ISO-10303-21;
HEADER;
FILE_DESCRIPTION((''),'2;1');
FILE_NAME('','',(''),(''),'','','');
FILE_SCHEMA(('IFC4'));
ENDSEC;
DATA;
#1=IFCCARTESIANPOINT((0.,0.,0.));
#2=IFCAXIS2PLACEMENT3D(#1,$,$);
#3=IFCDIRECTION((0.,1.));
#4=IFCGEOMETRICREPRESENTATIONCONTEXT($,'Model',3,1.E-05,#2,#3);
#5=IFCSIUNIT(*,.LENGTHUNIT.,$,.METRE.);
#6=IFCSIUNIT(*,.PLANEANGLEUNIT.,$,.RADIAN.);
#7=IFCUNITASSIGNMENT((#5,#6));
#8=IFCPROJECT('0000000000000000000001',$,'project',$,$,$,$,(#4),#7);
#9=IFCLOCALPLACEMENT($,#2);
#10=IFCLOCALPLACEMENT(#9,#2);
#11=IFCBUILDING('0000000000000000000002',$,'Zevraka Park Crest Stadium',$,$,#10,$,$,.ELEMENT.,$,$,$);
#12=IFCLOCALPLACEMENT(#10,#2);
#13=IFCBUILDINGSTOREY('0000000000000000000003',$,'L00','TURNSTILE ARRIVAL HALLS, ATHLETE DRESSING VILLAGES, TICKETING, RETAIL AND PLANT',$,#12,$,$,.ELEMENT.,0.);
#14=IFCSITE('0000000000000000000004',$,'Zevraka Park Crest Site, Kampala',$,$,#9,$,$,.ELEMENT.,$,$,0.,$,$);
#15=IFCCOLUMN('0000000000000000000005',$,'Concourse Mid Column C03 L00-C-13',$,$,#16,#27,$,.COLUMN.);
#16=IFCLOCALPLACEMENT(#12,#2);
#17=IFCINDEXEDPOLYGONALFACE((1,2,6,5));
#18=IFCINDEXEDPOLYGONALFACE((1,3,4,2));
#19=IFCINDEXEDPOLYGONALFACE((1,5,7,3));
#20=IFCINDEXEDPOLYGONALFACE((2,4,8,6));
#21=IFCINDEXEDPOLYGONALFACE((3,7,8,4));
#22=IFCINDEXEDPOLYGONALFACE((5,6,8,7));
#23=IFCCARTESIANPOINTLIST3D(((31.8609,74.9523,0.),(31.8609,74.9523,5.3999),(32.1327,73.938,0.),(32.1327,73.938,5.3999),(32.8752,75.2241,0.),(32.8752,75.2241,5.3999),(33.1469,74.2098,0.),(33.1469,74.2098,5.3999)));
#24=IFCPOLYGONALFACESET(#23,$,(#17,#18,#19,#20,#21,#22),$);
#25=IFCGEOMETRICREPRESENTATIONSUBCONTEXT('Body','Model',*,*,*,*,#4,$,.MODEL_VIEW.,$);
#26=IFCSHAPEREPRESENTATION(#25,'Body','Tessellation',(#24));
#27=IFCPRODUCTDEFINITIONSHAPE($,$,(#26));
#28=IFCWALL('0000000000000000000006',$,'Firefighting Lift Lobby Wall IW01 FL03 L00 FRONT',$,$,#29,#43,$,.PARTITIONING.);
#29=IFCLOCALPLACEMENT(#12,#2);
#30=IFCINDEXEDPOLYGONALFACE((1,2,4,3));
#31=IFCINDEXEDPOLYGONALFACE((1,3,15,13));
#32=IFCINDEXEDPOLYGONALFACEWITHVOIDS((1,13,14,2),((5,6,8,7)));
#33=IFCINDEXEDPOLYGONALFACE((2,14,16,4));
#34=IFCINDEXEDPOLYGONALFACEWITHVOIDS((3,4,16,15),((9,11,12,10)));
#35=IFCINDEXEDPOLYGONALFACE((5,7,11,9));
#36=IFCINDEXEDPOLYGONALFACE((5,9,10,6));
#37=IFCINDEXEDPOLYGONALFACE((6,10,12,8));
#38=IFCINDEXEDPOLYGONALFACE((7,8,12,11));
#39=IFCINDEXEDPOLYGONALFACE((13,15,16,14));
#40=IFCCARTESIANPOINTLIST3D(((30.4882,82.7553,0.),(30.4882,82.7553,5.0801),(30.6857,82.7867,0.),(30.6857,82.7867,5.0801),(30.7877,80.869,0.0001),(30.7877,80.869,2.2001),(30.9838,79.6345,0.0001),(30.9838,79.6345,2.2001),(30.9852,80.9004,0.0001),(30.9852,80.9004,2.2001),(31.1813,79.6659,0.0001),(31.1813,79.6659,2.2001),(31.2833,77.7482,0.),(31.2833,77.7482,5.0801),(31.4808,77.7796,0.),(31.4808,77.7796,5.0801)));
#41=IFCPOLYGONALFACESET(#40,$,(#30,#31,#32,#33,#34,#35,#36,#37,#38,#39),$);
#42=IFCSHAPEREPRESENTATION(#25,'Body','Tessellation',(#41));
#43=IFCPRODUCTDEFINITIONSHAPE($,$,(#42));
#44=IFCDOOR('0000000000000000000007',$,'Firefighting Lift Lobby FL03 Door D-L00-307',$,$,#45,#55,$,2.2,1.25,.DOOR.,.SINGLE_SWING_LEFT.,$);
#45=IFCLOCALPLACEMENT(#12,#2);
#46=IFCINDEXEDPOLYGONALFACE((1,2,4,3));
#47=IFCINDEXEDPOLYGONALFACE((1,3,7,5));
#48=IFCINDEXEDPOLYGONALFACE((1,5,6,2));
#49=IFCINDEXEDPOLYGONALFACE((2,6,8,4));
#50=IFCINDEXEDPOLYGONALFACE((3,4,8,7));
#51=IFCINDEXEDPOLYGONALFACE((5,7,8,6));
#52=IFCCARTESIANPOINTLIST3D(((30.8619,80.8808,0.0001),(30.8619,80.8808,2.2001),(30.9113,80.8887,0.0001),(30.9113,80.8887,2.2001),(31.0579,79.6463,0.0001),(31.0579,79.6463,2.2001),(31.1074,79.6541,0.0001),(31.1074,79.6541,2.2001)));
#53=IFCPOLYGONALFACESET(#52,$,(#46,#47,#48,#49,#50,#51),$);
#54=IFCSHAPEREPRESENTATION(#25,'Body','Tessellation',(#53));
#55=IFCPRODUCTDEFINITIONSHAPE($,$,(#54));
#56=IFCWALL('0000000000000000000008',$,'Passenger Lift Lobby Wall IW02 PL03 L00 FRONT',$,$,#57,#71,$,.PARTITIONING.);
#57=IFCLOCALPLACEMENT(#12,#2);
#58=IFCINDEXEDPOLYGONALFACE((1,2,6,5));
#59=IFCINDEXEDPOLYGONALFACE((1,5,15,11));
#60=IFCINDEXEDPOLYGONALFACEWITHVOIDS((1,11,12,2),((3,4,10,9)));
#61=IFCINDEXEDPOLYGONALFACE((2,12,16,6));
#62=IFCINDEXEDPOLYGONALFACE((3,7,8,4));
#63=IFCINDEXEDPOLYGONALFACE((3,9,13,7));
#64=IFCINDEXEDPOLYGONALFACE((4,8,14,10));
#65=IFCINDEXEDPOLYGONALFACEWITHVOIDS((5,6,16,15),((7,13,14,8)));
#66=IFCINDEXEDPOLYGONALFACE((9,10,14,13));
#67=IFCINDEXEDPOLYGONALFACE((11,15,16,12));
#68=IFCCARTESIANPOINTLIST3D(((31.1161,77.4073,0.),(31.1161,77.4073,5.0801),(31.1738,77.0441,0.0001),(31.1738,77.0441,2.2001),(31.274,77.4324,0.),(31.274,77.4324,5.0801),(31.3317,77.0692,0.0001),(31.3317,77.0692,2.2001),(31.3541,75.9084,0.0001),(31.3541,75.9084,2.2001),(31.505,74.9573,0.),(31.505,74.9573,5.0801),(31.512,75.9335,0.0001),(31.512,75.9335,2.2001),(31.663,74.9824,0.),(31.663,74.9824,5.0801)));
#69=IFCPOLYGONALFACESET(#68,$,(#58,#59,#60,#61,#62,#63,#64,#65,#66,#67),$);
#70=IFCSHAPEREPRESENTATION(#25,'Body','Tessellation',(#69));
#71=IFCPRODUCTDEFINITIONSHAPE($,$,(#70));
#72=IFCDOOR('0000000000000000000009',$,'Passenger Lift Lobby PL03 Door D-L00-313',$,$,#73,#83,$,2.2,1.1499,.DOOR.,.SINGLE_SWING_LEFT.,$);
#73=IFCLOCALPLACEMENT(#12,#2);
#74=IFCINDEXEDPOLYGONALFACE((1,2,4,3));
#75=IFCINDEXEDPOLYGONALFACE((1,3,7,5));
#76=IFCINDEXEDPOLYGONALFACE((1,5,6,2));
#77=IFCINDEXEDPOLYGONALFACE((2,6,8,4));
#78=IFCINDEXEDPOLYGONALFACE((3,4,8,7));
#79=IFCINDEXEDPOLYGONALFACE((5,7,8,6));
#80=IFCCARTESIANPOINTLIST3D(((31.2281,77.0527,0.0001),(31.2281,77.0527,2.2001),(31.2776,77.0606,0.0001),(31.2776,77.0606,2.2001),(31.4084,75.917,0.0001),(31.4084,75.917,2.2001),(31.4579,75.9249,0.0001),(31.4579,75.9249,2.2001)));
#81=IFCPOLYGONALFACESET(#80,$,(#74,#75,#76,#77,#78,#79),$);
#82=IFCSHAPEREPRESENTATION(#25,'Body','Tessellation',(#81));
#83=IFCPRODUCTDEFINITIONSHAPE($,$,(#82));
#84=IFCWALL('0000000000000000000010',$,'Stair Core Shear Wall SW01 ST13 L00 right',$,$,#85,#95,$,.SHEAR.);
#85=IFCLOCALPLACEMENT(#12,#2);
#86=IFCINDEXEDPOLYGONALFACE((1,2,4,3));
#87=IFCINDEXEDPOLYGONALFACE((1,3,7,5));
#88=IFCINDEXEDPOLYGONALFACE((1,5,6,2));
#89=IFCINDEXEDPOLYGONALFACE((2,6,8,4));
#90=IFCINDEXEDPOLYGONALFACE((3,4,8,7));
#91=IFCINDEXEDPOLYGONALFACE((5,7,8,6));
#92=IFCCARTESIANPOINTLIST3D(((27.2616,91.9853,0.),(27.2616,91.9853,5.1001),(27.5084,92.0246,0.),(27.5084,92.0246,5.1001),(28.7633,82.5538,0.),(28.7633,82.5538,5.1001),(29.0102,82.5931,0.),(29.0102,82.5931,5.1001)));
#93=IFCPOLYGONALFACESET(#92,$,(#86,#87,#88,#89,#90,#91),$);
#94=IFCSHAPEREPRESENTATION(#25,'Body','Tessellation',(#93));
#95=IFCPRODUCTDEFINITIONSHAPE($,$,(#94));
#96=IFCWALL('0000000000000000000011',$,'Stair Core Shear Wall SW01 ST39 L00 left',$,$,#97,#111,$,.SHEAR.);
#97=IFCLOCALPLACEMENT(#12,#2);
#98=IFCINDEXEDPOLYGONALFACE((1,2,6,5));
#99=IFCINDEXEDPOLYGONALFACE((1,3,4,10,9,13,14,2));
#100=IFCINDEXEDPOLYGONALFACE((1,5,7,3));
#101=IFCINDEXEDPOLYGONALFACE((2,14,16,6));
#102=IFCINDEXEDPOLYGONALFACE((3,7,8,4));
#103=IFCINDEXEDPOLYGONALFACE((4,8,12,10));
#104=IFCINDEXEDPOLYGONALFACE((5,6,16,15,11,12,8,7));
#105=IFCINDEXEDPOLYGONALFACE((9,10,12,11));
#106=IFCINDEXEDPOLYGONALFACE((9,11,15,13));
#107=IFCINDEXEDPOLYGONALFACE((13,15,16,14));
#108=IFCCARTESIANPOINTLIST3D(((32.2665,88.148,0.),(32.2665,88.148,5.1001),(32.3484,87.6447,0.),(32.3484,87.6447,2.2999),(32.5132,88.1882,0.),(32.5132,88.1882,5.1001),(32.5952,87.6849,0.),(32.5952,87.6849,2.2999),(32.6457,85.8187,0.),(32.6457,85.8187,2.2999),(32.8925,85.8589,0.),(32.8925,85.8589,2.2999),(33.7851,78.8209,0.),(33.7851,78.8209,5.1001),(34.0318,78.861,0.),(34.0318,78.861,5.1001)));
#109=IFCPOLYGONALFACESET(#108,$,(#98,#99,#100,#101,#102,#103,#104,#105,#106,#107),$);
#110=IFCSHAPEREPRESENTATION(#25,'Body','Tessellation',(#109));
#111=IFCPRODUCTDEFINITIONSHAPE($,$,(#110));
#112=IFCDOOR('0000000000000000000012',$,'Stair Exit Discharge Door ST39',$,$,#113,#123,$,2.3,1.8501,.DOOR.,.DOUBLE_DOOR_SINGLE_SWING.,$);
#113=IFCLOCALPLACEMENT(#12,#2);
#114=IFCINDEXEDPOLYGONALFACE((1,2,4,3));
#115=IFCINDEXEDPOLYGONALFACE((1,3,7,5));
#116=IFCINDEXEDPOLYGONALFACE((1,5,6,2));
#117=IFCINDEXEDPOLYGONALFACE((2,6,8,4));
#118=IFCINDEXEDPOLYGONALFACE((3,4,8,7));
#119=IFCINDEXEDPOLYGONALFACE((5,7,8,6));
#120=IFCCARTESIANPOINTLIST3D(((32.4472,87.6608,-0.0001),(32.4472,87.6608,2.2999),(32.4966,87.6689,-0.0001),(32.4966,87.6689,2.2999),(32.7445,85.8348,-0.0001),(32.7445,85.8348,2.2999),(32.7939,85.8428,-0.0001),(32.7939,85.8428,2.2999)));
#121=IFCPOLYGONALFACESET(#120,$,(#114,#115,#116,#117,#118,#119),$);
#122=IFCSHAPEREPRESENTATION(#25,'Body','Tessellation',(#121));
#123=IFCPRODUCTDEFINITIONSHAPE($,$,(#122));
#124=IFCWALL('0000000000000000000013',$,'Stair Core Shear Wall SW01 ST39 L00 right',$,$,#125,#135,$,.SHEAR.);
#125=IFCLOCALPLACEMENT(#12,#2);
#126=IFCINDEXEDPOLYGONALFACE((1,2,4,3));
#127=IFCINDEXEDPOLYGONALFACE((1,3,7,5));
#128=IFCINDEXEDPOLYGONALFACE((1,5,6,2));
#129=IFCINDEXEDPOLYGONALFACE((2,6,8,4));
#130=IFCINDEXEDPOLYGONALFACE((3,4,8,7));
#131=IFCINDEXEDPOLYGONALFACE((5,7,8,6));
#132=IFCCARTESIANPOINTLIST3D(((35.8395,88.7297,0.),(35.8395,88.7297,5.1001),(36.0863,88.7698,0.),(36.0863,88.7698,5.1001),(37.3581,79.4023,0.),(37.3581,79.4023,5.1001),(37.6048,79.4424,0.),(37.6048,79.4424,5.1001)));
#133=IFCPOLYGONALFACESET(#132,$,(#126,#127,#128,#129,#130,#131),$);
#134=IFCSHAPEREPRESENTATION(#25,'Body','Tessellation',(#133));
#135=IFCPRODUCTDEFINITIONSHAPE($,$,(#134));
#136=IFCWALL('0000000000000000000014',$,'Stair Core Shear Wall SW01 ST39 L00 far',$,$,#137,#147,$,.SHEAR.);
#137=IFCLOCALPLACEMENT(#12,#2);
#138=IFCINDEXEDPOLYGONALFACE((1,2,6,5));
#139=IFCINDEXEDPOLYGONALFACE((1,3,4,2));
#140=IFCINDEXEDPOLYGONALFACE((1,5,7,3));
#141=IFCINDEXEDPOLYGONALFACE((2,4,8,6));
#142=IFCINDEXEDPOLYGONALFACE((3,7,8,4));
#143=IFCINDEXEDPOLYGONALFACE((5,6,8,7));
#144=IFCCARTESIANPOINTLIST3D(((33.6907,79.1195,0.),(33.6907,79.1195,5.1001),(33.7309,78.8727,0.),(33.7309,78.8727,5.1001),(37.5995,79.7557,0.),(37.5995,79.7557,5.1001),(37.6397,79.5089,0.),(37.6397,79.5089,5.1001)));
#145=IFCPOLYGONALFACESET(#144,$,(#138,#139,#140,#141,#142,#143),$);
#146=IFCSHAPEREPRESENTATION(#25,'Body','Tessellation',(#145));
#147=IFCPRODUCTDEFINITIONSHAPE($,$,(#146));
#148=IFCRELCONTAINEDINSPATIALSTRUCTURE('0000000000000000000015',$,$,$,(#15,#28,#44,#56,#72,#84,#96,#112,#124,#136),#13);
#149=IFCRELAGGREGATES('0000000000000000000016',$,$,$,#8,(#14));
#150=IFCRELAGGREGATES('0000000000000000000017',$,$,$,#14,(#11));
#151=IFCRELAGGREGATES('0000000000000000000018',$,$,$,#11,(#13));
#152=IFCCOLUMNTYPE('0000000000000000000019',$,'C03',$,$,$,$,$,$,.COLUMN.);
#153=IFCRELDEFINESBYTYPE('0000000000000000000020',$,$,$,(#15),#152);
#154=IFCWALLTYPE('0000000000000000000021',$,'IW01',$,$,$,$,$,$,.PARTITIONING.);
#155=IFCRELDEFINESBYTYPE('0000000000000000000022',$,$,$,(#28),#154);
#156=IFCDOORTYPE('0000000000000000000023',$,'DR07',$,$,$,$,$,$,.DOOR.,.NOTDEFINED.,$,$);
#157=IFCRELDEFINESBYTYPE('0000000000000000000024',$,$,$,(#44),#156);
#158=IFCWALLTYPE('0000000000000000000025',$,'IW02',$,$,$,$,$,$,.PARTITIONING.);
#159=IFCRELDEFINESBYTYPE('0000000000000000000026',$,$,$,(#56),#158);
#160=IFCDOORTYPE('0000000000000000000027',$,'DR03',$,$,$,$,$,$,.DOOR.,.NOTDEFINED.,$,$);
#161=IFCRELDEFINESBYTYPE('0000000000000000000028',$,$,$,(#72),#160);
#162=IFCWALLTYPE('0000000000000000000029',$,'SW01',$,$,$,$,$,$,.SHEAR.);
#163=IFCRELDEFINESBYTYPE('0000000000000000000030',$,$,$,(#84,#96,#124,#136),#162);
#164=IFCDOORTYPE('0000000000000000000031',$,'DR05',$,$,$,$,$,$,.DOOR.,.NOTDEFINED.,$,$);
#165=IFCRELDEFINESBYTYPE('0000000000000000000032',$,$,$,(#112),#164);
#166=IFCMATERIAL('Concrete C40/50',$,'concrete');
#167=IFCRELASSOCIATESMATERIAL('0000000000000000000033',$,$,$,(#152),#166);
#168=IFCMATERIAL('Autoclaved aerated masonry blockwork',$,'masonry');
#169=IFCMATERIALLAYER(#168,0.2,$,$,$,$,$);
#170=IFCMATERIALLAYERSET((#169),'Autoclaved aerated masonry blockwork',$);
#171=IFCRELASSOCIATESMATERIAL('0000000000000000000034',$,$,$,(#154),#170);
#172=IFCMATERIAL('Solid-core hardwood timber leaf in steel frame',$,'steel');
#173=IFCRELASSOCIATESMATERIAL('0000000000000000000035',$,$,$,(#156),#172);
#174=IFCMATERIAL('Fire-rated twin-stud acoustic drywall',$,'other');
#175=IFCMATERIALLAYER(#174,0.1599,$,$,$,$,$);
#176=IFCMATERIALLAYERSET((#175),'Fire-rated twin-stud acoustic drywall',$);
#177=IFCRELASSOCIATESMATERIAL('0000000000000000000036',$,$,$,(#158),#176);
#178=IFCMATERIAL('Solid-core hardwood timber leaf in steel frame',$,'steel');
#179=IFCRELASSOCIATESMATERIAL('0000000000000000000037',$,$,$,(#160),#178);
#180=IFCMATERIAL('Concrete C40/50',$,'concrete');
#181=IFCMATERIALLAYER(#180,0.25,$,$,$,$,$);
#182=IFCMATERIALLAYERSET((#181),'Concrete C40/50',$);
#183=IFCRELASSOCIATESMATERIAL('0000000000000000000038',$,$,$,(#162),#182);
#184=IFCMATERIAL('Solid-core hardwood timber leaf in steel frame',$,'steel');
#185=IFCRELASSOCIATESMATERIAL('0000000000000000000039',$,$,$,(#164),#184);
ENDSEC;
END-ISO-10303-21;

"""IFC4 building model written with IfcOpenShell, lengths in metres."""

from ifc_helpers import new_model, si_unit, direction, frame, frame_2d, origin, origin_2d, place, context, subcontext, project, spatial, rectangle, extrude, material, layer, layer_set, material_profile, profile_set, type_object, element, fill, save


model = new_model("IFC4")

# Units and contexts
model_context = context("Model", 3, precision=1e-05, world=origin(), true_north=direction((0.0, 1.0)))
body_context = subcontext(model_context, "Body", "Model", "MODEL_VIEW")
ifc_project = project(units=[si_unit("LENGTHUNIT", "METRE"), si_unit("PLANEANGLEUNIT", "RADIAN")], contexts=[model_context])

# Site, building, storey
site_placement = place(None, origin())
site = spatial("IfcSite", under=ifc_project, at=site_placement, Name="Zevraka Park Crest Site, Kampala", CompositionType="ELEMENT", RefElevation=0.0)
building_placement = place(site_placement, origin())
building = spatial("IfcBuilding", under=site, at=building_placement, Name="Zevraka Park Crest Stadium", CompositionType="ELEMENT")
storey_placement = place(building_placement, origin())
storey = spatial("IfcBuildingStorey", under=building, at=storey_placement, Name="L00", Description="TURNSTILE ARRIVAL HALLS, ATHLETE DRESSING VILLAGES, TICKETING, RETAIL AND PLANT", CompositionType="ELEMENT", Elevation=0.0)

# Column
ifc_material_1 = material(Name="Concrete C40/50", Category="concrete")
ifc_material_profile_1 = material_profile(ifc_material_1, rectangle(XDim=1.05, YDim=1.05, at=origin_2d()), Name="RC 1050x1050")
ifc_profile_set_1 = profile_set([ifc_material_profile_1], Name="Concrete C40/50")
column_type_1 = type_object("IfcColumnType", Name="C03", PredefinedType="COLUMN", material=ifc_profile_set_1)
column_1_placement = place(storey_placement, frame((32.5039, 74.5811, 0.0), z_axis=(0.0, 0.0, 1.0), x_axis=(0.965926, 0.258819, 0.0)))
element("IfcColumn", 1, at=column_1_placement, inside=storey, type_object=column_type_1, Name="Concourse Mid Column C03 L00-C-13", PredefinedType="COLUMN", context=body_context, shape_type="SweptSolid", body=[
    extrude(rectangle(XDim=1.05, YDim=1.05, at=origin_2d()), origin(), (0.0, 0.0, 1.0), 5.3999),
])

# Walls, openings, doors
ifc_material_2 = material(Name="Autoclaved aerated masonry blockwork", Category="masonry")
ifc_layer_1 = layer(ifc_material_2, 0.2)
ifc_layer_set_1 = layer_set([ifc_layer_1], Name="Autoclaved aerated masonry blockwork")
wall_type_1 = type_object("IfcWallType", Name="IW01", PredefinedType="PARTITIONING", material=ifc_layer_set_1)
wall_1_placement = place(storey_placement, frame((31.3821, 77.7639, 0.0), z_axis=(0.0, 0.0, 1.0), x_axis=(-0.156843, 0.987624, 0.0)))
wall_1 = element("IfcWall", 2, at=wall_1_placement, inside=storey, type_object=wall_type_1, Name="Firefighting Lift Lobby Wall IW01 FL03 L00 FRONT", PredefinedType="PARTITIONING", context=body_context, shape_type="SweptSolid", body=[
    extrude(rectangle(XDim=5.0698, YDim=0.2, at=frame_2d((2.5349, 0.0))), origin(), (0.0, 0.0, 1.0), 5.0801),
])
opening_1_placement = place(wall_1_placement, frame((1.9099, 0.0, 0.0)))
opening_1 = element("IfcOpeningElement", 3, at=opening_1_placement, cuts=wall_1, PredefinedType="OPENING", context=body_context, shape_type="SweptSolid", body=[
    extrude(rectangle(XDim=1.25, YDim=2.2, at=frame_2d((0.625, 1.1001))), frame((0.0, 0.1099, 0.0), z_axis=(0.0, -1.0, 0.0), x_axis=(1.0, 0.0, 0.0)), (0.0, 0.0, 1.0), 0.22),
])
ifc_material_3 = material(Name="Solid-core hardwood timber leaf in steel frame", Category="steel")
door_type_1 = type_object("IfcDoorType", Name="DR07", OperationType="NOTDEFINED", PredefinedType="DOOR", material=ifc_material_3)
door_1_placement = place(opening_1_placement, origin())
door_1 = element("IfcDoor", 4, at=door_1_placement, inside=storey, type_object=door_type_1, Name="Firefighting Lift Lobby FL03 Door D-L00-307", OperationType="SINGLE_SWING_LEFT", OverallHeight=2.2, OverallWidth=1.25, PredefinedType="DOOR", context=body_context, shape_type="SweptSolid", body=[
    extrude(rectangle(XDim=1.25, YDim=2.2, at=frame_2d((0.625, 1.1001))), frame((0.0, 0.0249, 0.0), z_axis=(0.0, -1.0, 0.0), x_axis=(1.0, 0.0, 0.0)), (0.0, 0.0, 1.0), 0.05),
])
fill(opening_1, door_1)
ifc_material_4 = material(Name="Fire-rated twin-stud acoustic drywall", Category="other")
ifc_layer_2 = layer(ifc_material_4, 0.1599)
ifc_layer_set_2 = layer_set([ifc_layer_2], Name="Fire-rated twin-stud acoustic drywall")
wall_type_2 = type_object("IfcWallType", Name="IW02", PredefinedType="PARTITIONING", material=ifc_layer_set_2)
wall_2_placement = place(storey_placement, frame((31.584, 74.97, 0.0), z_axis=(0.0, 0.0, 1.0), x_axis=(-0.156781, 0.987633, 0.0)))
wall_2 = element("IfcWall", 5, at=wall_2_placement, inside=storey, type_object=wall_type_2, Name="Passenger Lift Lobby Wall IW02 PL03 L00 FRONT", PredefinedType="PARTITIONING", context=body_context, shape_type="SweptSolid", body=[
    extrude(rectangle(XDim=2.4807, YDim=0.1599, at=frame_2d((1.2402, 0.0))), origin(), (0.0, 0.0, 1.0), 5.0801),
])
opening_2_placement = place(wall_2_placement, frame((0.9629, 0.0, 0.0)))
opening_2 = element("IfcOpeningElement", 6, at=opening_2_placement, cuts=wall_2, PredefinedType="OPENING", context=body_context, shape_type="SweptSolid", body=[
    extrude(rectangle(XDim=1.1499, YDim=2.2, at=frame_2d((0.575, 1.1001))), frame((0.0, 0.0898, 0.0), z_axis=(0.0, -1.0, 0.0), x_axis=(1.0, 0.0, 0.0)), (0.0, 0.0, 1.0), 0.1799),
])
ifc_material_5 = material(Name="Solid-core hardwood timber leaf in steel frame", Category="steel")
door_type_2 = type_object("IfcDoorType", Name="DR03", OperationType="NOTDEFINED", PredefinedType="DOOR", material=ifc_material_5)
door_2_placement = place(opening_2_placement, origin())
door_2 = element("IfcDoor", 7, at=door_2_placement, inside=storey, type_object=door_type_2, Name="Passenger Lift Lobby PL03 Door D-L00-313", OperationType="SINGLE_SWING_LEFT", OverallHeight=2.2, OverallWidth=1.1499, PredefinedType="DOOR", context=body_context, shape_type="SweptSolid", body=[
    extrude(rectangle(XDim=1.1499, YDim=2.2, at=frame_2d((0.575, 1.1001))), frame((0.0, 0.0249, 0.0), z_axis=(0.0, -1.0, 0.0), x_axis=(1.0, 0.0, 0.0)), (0.0, 0.0, 1.0), 0.05),
])
fill(opening_2, door_2)

# Wall
ifc_material_6 = material(Name="Concrete C40/50", Category="concrete")
ifc_layer_3 = layer(ifc_material_6, 0.25)
ifc_layer_set_3 = layer_set([ifc_layer_3], Name="Concrete C40/50")
wall_type_3 = type_object("IfcWallType", Name="SW01", PredefinedType="SHEAR", material=ifc_layer_set_3)
wall_3_placement = place(storey_placement, frame((28.8867, 82.5735, 0.0), z_axis=(0.0, 0.0, 1.0), x_axis=(-0.157244, 0.98756, 0.0)))
element("IfcWall", 8, at=wall_3_placement, inside=storey, type_object=wall_type_3, Name="Stair Core Shear Wall SW01 ST13 L00 right", PredefinedType="SHEAR", context=body_context, shape_type="SweptSolid", body=[
    extrude(rectangle(XDim=9.5503, YDim=0.25, at=frame_2d((4.7751, 0.0))), origin(), (0.0, 0.0, 1.0), 5.1001),
])

# Wall, opening, door
wall_4_placement = place(storey_placement, frame((33.9084, 78.8408, 0.0), z_axis=(0.0, 0.0, 1.0), x_axis=(-0.160694, 0.987004, 0.0)))
wall_4 = element("IfcWall", 9, at=wall_4_placement, inside=storey, type_object=wall_type_3, Name="Stair Core Shear Wall SW01 ST39 L00 left", PredefinedType="SHEAR", context=body_context, shape_type="SweptSolid", body=[
    extrude(rectangle(XDim=9.45, YDim=0.25, at=frame_2d((4.7251, 0.0))), origin(), (0.0, 0.0, 1.0), 5.1001),
])
opening_3_placement = place(wall_4_placement, frame((7.0901, 0.0, 0.0)))
opening_3 = element("IfcOpeningElement", 10, at=opening_3_placement, cuts=wall_4, PredefinedType="OPENING", context=body_context, shape_type="SweptSolid", body=[
    extrude(rectangle(XDim=1.8501, YDim=2.3, at=frame_2d((0.925, 1.1499))), frame((0.0, 0.135, 0.0), z_axis=(0.0, -1.0, 0.0), x_axis=(1.0, 0.0, 0.0)), (0.0, 0.0, 1.0), 0.27),
])
ifc_material_7 = material(Name="Solid-core hardwood timber leaf in steel frame", Category="steel")
door_type_3 = type_object("IfcDoorType", Name="DR05", OperationType="NOTDEFINED", PredefinedType="DOOR", material=ifc_material_7)
door_3_placement = place(opening_3_placement, origin())
door_3 = element("IfcDoor", 11, at=door_3_placement, inside=storey, type_object=door_type_3, Name="Stair Exit Discharge Door ST39", OperationType="DOUBLE_DOOR_SINGLE_SWING", OverallHeight=2.3, OverallWidth=1.8501, PredefinedType="DOOR", context=body_context, shape_type="SweptSolid", body=[
    extrude(rectangle(XDim=1.8501, YDim=2.3, at=frame_2d((0.925, 1.1499))), frame((0.0, 0.0249, 0.0), z_axis=(0.0, -1.0, 0.0), x_axis=(1.0, 0.0, 0.0)), (0.0, 0.0, 1.0), 0.05),
])
fill(opening_3, door_3)

# Walls
wall_5_placement = place(storey_placement, frame((37.4814, 79.4224, 0.0), z_axis=(0.0, 0.0, 1.0), x_axis=(-0.16069, 0.987005, 0.0)))
element("IfcWall", 12, at=wall_5_placement, inside=storey, type_object=wall_type_3, Name="Stair Core Shear Wall SW01 ST39 L00 right", PredefinedType="SHEAR", context=body_context, shape_type="SweptSolid", body=[
    extrude(rectangle(XDim=9.4502, YDim=0.25, at=frame_2d((4.7251, 0.0))), origin(), (0.0, 0.0, 1.0), 5.1001),
])
wall_6_placement = place(storey_placement, frame((33.7109, 78.9961, 0.0), z_axis=(0.0, 0.0, 1.0), x_axis=(0.98701, 0.160659, 0.0)))
element("IfcWall", 13, at=wall_6_placement, inside=storey, type_object=wall_type_3, Name="Stair Core Shear Wall SW01 ST39 L00 far", PredefinedType="SHEAR", context=body_context, shape_type="SweptSolid", body=[
    extrude(rectangle(XDim=3.9602, YDim=0.25, at=frame_2d((1.98, 0.0))), origin(), (0.0, 0.0, 1.0), 5.1001),
])

save(model, "model.ifc")
